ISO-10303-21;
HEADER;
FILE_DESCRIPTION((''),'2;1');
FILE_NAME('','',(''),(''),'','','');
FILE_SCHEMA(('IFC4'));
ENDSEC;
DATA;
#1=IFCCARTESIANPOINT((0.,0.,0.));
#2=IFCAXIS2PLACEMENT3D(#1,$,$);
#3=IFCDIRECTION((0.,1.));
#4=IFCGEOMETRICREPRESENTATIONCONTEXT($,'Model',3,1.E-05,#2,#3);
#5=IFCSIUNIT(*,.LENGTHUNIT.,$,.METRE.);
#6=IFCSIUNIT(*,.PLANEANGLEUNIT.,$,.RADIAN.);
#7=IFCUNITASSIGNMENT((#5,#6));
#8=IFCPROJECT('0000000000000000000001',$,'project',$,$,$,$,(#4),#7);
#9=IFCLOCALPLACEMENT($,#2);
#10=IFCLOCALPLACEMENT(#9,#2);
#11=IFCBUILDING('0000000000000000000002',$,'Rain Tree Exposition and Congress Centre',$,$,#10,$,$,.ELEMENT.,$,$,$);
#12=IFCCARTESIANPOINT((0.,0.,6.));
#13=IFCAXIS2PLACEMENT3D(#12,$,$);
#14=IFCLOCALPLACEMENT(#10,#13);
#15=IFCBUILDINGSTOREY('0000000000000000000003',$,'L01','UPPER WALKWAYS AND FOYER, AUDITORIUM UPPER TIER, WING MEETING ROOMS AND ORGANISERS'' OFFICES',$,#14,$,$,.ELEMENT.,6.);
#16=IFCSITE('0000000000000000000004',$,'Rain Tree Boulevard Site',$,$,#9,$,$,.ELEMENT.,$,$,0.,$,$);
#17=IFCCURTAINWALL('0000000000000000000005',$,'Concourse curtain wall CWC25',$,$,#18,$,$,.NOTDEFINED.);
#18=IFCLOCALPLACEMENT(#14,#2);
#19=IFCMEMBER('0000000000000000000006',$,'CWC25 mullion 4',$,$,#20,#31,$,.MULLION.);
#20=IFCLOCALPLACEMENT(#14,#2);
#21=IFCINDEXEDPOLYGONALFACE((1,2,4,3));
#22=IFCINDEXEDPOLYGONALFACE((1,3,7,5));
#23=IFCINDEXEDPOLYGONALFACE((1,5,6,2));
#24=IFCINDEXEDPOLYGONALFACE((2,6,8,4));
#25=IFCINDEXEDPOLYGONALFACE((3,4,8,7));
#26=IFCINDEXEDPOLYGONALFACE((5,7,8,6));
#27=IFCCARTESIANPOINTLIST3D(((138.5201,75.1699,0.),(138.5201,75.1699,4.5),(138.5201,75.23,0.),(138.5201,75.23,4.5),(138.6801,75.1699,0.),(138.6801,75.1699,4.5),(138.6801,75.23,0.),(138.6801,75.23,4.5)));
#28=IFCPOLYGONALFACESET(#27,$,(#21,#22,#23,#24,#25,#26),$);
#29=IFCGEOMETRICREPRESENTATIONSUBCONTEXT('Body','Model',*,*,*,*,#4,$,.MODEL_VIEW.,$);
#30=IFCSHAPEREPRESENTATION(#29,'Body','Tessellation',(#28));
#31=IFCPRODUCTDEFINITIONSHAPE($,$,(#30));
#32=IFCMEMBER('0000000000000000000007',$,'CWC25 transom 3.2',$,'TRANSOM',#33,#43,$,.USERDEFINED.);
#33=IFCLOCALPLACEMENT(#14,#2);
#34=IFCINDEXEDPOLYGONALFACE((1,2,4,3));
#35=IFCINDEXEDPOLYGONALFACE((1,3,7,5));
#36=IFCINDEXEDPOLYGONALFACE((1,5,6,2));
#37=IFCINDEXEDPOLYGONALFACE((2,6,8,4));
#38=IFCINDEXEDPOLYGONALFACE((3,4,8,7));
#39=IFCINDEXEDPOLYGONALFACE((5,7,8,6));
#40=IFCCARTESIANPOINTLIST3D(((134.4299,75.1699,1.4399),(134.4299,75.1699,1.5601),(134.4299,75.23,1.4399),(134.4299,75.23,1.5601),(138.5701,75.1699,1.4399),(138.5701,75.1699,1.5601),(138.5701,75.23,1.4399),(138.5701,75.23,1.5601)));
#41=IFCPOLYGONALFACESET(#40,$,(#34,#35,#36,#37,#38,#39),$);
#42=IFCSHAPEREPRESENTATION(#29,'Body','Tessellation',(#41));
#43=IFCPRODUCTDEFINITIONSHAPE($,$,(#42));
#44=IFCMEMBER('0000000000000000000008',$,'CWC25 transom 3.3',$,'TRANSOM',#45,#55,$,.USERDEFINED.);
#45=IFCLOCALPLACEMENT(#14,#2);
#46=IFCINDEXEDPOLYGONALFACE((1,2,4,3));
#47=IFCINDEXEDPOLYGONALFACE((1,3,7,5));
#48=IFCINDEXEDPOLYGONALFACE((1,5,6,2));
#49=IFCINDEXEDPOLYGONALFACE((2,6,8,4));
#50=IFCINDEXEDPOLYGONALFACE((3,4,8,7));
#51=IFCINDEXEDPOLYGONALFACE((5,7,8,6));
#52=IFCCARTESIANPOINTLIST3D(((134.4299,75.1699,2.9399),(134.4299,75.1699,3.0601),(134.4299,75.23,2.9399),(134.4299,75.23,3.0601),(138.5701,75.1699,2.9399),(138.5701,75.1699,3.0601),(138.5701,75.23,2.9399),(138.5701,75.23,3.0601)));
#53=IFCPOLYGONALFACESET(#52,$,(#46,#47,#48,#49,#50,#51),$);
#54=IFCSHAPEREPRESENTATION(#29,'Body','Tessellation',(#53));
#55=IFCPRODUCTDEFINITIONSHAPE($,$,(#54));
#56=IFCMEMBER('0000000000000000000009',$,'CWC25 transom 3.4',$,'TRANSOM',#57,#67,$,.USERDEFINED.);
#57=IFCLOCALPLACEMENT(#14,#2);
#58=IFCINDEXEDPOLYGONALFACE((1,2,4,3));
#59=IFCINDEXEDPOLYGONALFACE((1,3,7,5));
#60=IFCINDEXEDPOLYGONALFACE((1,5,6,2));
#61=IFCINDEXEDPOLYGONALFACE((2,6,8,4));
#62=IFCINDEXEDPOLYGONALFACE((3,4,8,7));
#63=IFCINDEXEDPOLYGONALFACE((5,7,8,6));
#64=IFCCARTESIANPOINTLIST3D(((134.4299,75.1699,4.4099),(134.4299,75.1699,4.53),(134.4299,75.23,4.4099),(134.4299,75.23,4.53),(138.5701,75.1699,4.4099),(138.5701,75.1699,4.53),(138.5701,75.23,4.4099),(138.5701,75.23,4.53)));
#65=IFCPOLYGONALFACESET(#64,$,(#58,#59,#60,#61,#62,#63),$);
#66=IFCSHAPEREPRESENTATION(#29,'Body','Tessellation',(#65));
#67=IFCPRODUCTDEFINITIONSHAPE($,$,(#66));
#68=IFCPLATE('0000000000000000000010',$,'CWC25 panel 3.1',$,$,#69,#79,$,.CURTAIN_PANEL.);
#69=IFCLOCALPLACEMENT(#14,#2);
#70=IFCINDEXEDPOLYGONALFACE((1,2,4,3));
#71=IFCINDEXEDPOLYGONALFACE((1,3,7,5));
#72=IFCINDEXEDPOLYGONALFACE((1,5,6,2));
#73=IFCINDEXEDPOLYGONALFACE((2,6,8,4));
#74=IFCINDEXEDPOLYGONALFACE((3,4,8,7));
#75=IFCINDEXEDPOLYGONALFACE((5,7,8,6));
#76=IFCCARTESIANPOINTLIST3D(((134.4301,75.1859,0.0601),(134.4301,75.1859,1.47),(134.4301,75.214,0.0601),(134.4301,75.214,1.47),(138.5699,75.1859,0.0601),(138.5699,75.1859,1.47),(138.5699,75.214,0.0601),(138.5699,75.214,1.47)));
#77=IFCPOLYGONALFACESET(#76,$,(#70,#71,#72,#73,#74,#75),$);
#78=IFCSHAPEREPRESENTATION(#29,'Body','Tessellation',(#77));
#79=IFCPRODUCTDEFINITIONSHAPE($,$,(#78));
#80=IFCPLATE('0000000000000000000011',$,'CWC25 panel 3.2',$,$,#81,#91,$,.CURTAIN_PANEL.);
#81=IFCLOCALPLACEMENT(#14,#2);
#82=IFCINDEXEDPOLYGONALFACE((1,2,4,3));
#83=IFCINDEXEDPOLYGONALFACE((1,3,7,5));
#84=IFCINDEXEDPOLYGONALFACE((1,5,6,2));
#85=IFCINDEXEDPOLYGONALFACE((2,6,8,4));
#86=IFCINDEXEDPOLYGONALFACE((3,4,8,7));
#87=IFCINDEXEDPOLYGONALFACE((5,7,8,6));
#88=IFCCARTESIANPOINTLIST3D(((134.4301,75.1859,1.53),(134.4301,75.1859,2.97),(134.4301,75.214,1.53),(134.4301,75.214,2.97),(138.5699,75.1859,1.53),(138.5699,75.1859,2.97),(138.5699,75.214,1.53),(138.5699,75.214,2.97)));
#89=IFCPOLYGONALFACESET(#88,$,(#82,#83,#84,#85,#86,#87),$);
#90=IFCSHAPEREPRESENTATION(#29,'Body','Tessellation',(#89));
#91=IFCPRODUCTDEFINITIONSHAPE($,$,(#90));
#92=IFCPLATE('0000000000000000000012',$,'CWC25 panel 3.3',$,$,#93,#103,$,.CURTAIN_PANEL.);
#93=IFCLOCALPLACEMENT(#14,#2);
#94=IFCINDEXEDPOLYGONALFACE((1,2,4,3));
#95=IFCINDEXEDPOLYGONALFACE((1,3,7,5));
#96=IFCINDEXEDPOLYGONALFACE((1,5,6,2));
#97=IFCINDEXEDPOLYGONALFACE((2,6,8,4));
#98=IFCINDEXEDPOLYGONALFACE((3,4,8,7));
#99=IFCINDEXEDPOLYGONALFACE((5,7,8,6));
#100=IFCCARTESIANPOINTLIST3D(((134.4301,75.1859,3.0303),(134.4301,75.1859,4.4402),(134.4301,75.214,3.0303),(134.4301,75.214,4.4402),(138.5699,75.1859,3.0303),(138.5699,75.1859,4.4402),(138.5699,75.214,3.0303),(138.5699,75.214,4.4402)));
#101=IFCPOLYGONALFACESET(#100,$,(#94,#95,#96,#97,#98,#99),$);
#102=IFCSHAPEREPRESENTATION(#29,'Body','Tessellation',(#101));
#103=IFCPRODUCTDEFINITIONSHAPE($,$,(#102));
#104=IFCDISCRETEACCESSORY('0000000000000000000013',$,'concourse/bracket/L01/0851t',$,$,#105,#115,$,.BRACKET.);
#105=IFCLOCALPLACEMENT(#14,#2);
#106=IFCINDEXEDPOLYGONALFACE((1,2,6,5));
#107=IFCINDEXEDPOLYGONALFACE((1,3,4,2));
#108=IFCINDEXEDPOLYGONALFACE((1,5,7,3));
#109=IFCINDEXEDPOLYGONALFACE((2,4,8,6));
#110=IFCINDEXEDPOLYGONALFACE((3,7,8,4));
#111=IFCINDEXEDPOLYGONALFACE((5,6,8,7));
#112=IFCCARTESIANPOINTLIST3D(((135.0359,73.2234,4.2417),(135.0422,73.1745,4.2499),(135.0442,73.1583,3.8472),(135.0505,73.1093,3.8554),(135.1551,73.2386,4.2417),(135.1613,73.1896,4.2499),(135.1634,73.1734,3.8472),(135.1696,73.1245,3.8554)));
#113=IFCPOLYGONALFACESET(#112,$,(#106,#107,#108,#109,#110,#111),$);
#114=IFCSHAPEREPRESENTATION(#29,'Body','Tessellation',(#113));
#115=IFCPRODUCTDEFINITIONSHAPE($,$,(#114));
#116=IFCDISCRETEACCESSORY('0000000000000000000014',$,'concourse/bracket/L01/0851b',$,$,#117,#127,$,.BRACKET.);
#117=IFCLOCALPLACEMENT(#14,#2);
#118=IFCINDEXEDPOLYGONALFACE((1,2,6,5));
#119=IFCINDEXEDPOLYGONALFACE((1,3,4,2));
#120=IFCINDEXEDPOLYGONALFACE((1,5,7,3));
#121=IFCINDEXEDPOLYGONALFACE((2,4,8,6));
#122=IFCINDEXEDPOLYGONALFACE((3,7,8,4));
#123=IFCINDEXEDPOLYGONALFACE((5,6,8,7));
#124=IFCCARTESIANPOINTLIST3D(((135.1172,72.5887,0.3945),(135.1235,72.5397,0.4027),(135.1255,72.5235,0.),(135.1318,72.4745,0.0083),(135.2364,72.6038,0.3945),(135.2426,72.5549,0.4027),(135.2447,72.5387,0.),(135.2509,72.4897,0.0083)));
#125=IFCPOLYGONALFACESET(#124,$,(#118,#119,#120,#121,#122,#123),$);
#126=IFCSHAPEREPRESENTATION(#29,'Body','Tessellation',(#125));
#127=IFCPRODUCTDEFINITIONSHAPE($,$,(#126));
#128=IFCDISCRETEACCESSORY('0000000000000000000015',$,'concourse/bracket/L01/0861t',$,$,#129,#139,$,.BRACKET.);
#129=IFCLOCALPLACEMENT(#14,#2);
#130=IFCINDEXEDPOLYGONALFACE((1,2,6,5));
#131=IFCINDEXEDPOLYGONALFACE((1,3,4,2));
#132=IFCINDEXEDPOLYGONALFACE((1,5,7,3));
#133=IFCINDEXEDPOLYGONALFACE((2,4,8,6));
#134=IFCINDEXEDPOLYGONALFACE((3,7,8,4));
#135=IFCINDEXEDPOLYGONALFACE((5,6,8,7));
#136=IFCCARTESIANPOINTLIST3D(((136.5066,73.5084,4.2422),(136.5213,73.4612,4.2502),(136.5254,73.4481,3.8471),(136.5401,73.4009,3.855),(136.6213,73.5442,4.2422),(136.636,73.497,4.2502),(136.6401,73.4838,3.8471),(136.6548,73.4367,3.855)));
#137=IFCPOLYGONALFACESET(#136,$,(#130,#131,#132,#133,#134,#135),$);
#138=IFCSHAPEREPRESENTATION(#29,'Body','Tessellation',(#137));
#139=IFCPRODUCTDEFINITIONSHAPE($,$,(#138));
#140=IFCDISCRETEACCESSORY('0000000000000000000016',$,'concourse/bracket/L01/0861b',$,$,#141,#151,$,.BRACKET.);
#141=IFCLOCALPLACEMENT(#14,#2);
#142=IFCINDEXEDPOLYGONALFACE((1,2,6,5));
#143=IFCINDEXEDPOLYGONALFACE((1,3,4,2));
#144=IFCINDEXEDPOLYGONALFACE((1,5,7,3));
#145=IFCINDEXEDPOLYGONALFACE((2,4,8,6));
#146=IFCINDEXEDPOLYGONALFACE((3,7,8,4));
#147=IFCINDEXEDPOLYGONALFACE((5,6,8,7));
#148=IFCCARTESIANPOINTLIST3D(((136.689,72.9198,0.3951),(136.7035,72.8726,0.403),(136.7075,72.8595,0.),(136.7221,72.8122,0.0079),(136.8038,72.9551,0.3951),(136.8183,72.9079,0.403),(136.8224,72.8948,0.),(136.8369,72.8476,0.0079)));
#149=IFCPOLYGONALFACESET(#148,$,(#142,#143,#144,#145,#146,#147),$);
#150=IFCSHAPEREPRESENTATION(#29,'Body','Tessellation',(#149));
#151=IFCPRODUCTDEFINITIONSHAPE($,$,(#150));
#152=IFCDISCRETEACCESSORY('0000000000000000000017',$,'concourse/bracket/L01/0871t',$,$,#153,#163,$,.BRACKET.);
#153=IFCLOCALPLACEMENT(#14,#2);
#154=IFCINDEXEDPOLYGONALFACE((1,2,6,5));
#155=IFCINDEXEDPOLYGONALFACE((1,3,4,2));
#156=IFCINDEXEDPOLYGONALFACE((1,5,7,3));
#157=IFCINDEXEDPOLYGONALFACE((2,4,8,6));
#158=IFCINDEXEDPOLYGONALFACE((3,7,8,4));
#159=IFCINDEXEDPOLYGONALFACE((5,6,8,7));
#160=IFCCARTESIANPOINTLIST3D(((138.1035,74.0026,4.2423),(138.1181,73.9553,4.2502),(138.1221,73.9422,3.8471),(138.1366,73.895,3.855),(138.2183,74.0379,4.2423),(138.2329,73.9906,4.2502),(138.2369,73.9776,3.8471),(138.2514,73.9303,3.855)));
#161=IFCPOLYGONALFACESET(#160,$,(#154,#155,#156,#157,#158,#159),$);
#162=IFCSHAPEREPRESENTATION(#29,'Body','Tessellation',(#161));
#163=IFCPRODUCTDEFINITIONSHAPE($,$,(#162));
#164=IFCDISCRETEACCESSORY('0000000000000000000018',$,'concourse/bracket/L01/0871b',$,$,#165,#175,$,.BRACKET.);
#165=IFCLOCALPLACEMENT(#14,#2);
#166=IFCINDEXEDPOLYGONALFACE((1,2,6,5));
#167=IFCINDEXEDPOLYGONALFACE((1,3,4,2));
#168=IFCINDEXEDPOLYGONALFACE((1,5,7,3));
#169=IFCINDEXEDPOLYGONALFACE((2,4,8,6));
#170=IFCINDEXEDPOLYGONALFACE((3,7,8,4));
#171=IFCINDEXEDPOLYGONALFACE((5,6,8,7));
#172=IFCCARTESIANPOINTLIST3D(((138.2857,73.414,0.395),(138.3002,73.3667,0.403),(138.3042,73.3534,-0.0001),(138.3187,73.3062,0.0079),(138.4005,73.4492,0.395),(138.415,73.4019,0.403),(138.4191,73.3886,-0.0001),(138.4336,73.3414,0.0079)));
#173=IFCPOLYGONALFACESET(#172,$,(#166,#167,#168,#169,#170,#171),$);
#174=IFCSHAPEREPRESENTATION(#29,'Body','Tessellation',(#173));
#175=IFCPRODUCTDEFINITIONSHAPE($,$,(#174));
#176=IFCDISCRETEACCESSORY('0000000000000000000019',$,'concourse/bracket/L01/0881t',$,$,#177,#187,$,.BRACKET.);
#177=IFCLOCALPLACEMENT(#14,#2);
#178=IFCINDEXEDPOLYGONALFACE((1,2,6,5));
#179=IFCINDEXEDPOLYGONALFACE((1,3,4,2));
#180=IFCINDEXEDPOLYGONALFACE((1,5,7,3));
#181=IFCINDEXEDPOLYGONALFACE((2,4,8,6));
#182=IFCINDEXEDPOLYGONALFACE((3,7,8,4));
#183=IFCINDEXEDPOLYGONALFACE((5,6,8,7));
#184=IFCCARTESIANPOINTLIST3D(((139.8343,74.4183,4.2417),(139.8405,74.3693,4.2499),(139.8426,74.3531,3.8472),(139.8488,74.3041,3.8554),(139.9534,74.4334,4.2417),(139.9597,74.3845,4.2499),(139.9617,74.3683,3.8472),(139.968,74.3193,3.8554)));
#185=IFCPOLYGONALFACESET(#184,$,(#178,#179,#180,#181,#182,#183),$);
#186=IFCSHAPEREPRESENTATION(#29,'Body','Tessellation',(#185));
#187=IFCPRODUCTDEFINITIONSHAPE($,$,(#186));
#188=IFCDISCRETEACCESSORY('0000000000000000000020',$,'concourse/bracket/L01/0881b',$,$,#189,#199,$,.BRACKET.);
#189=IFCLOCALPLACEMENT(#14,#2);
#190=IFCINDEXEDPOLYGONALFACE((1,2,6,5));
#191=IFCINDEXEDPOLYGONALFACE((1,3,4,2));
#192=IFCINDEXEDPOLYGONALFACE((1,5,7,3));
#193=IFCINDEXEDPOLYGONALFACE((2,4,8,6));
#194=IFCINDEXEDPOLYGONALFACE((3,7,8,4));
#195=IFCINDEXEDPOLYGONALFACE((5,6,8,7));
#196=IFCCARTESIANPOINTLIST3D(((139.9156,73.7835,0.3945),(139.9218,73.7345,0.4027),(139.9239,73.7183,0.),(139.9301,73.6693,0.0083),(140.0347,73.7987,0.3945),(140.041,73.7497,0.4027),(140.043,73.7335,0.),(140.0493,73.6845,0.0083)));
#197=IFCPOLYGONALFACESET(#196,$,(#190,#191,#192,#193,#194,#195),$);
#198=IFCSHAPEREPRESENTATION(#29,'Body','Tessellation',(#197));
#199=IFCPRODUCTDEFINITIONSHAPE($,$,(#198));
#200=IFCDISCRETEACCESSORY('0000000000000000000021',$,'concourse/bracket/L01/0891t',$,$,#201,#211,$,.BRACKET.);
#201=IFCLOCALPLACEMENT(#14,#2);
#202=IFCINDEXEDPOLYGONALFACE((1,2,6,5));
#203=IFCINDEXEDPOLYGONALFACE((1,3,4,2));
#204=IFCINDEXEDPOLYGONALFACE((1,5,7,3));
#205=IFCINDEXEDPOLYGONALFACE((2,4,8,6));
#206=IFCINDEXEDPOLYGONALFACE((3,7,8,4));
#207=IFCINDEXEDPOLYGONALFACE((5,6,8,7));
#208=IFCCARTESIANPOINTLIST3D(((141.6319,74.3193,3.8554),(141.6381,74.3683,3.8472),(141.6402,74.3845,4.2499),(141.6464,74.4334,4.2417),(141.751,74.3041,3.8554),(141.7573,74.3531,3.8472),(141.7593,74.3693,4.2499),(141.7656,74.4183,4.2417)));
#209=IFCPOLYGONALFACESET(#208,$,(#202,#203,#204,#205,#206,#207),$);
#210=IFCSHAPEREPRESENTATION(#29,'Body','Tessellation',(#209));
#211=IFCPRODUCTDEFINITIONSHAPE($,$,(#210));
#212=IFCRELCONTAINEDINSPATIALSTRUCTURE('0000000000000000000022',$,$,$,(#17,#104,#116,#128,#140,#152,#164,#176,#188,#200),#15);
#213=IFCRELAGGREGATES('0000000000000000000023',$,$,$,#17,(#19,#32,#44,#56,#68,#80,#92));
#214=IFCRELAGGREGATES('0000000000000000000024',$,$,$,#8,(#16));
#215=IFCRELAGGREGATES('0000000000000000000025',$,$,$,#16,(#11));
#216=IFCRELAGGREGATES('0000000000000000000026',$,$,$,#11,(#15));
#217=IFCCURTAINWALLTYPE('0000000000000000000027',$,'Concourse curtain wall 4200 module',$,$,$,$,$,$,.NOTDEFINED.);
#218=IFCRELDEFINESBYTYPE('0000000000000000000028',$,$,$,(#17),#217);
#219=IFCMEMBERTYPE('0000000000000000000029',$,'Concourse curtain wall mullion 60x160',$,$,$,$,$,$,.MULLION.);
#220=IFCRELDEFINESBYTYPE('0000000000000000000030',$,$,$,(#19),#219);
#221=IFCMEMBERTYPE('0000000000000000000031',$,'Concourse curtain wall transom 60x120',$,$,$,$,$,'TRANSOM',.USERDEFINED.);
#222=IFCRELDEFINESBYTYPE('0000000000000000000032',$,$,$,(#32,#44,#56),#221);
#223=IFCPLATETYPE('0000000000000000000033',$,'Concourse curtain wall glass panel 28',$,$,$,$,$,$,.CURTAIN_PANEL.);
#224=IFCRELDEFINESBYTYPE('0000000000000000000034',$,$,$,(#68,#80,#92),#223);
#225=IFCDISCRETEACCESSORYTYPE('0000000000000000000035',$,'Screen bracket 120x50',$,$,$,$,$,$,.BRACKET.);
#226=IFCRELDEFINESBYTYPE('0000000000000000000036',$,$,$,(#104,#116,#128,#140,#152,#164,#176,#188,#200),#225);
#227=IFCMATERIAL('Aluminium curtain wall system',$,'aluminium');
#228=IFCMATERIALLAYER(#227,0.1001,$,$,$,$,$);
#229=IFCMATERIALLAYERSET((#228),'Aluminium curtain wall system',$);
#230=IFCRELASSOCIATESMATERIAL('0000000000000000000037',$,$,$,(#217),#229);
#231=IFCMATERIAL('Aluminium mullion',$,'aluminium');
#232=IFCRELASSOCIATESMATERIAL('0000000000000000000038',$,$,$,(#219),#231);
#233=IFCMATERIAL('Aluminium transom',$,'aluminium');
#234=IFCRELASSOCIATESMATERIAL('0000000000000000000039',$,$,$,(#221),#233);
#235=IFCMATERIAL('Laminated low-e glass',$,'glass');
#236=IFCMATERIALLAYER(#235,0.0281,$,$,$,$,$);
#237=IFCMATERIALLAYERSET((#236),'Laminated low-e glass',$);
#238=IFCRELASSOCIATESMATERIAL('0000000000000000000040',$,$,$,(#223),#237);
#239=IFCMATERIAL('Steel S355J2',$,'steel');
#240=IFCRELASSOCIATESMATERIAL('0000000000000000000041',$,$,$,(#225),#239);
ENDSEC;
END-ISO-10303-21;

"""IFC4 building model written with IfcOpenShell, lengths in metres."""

from ifc_helpers import new_model, si_unit, direction, frame, origin, origin_2d, place, context, subcontext, project, spatial, rectangle, extrude, material, layer, layer_set, material_profile, profile_set, type_object, element, aggregate, save


model = new_model("IFC4")

# Units and contexts
model_context = context("Model", 3, precision=1e-05, world=origin(), true_north=direction((0.0, 1.0)))
body_context = subcontext(model_context, "Body", "Model", "MODEL_VIEW")
ifc_project = project(units=[si_unit("LENGTHUNIT", "METRE"), si_unit("PLANEANGLEUNIT", "RADIAN")], contexts=[model_context])

# Site, building, storey
site_placement = place(None, origin())
site = spatial("IfcSite", under=ifc_project, at=site_placement, Name="Rain Tree Boulevard Site", CompositionType="ELEMENT", RefElevation=0.0)
building_placement = place(site_placement, origin())
building = spatial("IfcBuilding", under=site, at=building_placement, Name="Rain Tree Exposition and Congress Centre", CompositionType="ELEMENT")
storey_placement = place(building_placement, frame((0.0, 0.0, 6.0)))
storey = spatial("IfcBuildingStorey", under=building, at=storey_placement, Name="L01", Description="UPPER WALKWAYS AND FOYER, AUDITORIUM UPPER TIER, WING MEETING ROOMS AND ORGANISERS' OFFICES", CompositionType="ELEMENT", Elevation=6.0)

# Curtain wall, members, plates
ifc_material_1 = material(Name="Aluminium curtain wall system", Category="aluminium")
ifc_layer_1 = layer(ifc_material_1, 0.1001)
ifc_layer_set_1 = layer_set([ifc_layer_1], Name="Aluminium curtain wall system")
curtain_wall_type = type_object("IfcCurtainWallType", Name="Concourse curtain wall 4200 module", PredefinedType="NOTDEFINED", material=ifc_layer_set_1)
curtain_wall_placement = place(storey_placement, origin())
curtain_wall = element("IfcCurtainWall", 1, at=curtain_wall_placement, inside=storey, type_object=curtain_wall_type, Name="Concourse curtain wall CWC25", PredefinedType="NOTDEFINED")
ifc_material_2 = material(Name="Aluminium mullion", Category="aluminium")
ifc_material_profile_1 = material_profile(ifc_material_2, rectangle(XDim=0.0601, YDim=0.1599, at=origin_2d()), Name="AL 60x160")
ifc_profile_set_1 = profile_set([ifc_material_profile_1], Name="Aluminium mullion")
member_type_1 = type_object("IfcMemberType", Name="Concourse curtain wall mullion 60x160", PredefinedType="MULLION", material=ifc_profile_set_1)
member_1_placement = place(storey_placement, frame((138.6001, 75.2, 0.0), z_axis=(0.0, 0.0, 1.0), x_axis=(0.0, 1.0, 0.0)))
member_1 = element("IfcMember", 2, at=member_1_placement, type_object=member_type_1, Name="CWC25 mullion 4", PredefinedType="MULLION", context=body_context, shape_type="SweptSolid", body=[
    extrude(rectangle(XDim=0.0601, YDim=0.1599, at=origin_2d()), origin(), (0.0, 0.0, 1.0), 4.5),
])
ifc_material_3 = material(Name="Aluminium transom", Category="aluminium")
ifc_material_profile_2 = material_profile(ifc_material_3, rectangle(XDim=0.0601, YDim=0.1201, at=origin_2d()), Name="AL 60x120")
ifc_profile_set_2 = profile_set([ifc_material_profile_2], Name="Aluminium transom")
member_type_2 = type_object("IfcMemberType", Name="Concourse curtain wall transom 60x120", ElementType="TRANSOM", PredefinedType="USERDEFINED", material=ifc_profile_set_2)
member_2_placement = place(storey_placement, frame((134.4299, 75.2, 1.5), z_axis=(1.0, 0.0, 0.0), x_axis=(0.0, 1.0, 0.0)))
member_2 = element("IfcMember", 3, at=member_2_placement, type_object=member_type_2, Name="CWC25 transom 3.2", ObjectType="TRANSOM", PredefinedType="USERDEFINED", context=body_context, shape_type="SweptSolid", body=[
    extrude(rectangle(XDim=0.0601, YDim=0.1201, at=origin_2d()), origin(), (0.0, 0.0, 1.0), 4.1401),
])
member_3_placement = place(storey_placement, frame((134.4299, 75.2, 3.0), z_axis=(1.0, 0.0, 0.0), x_axis=(0.0, 1.0, 0.0)))
member_3 = element("IfcMember", 4, at=member_3_placement, type_object=member_type_2, Name="CWC25 transom 3.3", ObjectType="TRANSOM", PredefinedType="USERDEFINED", context=body_context, shape_type="SweptSolid", body=[
    extrude(rectangle(XDim=0.0601, YDim=0.1201, at=origin_2d()), origin(), (0.0, 0.0, 1.0), 4.1401),
])
member_4_placement = place(storey_placement, frame((134.4299, 75.2, 4.47), z_axis=(1.0, 0.0, 0.0), x_axis=(0.0, 1.0, 0.0)))
member_4 = element("IfcMember", 5, at=member_4_placement, type_object=member_type_2, Name="CWC25 transom 3.4", ObjectType="TRANSOM", PredefinedType="USERDEFINED", context=body_context, shape_type="SweptSolid", body=[
    extrude(rectangle(XDim=0.0601, YDim=0.1201, at=origin_2d()), origin(), (0.0, 0.0, 1.0), 4.1401),
])
ifc_material_4 = material(Name="Laminated low-e glass", Category="glass")
ifc_layer_2 = layer(ifc_material_4, 0.0281)
ifc_layer_set_2 = layer_set([ifc_layer_2], Name="Laminated low-e glass")
plate_type = type_object("IfcPlateType", Name="Concourse curtain wall glass panel 28", PredefinedType="CURTAIN_PANEL", material=ifc_layer_set_2)
plate_1_placement = place(storey_placement, frame((136.5, 75.2, 0.0601), z_axis=(0.0, 0.0, 1.0), x_axis=(1.0, 0.0, 0.0)))
plate_1 = element("IfcPlate", 6, at=plate_1_placement, type_object=plate_type, Name="CWC25 panel 3.1", PredefinedType="CURTAIN_PANEL", context=body_context, shape_type="SweptSolid", body=[
    extrude(rectangle(XDim=4.1399, YDim=0.0281, at=origin_2d()), origin(), (0.0, 0.0, 1.0), 1.4099),
])
plate_2_placement = place(storey_placement, frame((136.5, 75.2, 1.53), z_axis=(0.0, 0.0, 1.0), x_axis=(1.0, 0.0, 0.0)))
plate_2 = element("IfcPlate", 7, at=plate_2_placement, type_object=plate_type, Name="CWC25 panel 3.2", PredefinedType="CURTAIN_PANEL", context=body_context, shape_type="SweptSolid", body=[
    extrude(rectangle(XDim=4.1399, YDim=0.0281, at=origin_2d()), origin(), (0.0, 0.0, 1.0), 1.4399),
])
plate_3_placement = place(storey_placement, frame((136.5, 75.2, 3.0303), z_axis=(0.0, 0.0, 1.0), x_axis=(1.0, 0.0, 0.0)))
plate_3 = element("IfcPlate", 8, at=plate_3_placement, type_object=plate_type, Name="CWC25 panel 3.3", PredefinedType="CURTAIN_PANEL", context=body_context, shape_type="SweptSolid", body=[
    extrude(rectangle(XDim=4.1399, YDim=0.0281, at=origin_2d()), origin(), (0.0, 0.0, 1.0), 1.4099),
])
aggregate(curtain_wall, [member_1, member_2, member_3, member_4, plate_1, plate_2, plate_3])

# Discrete accessories
ifc_material_5 = material(Name="Steel S355J2", Category="steel")
ifc_material_profile_3 = material_profile(ifc_material_5, rectangle(XDim=0.1201, YDim=0.05, at=origin_2d()), Name="Flat bar 120x50")
ifc_profile_set_3 = profile_set([ifc_material_profile_3], Name="Steel S355J2")
discrete_accessory_type = type_object("IfcDiscreteAccessoryType", Name="Screen bracket 120x50", PredefinedType="BRACKET", material=ifc_profile_set_3)
for number, where, z_axis, x_axis, name in (
    (9, (135.1069, 73.1414, 3.8513), (-0.020754, 0.162978, 0.986411), (-0.991989, -0.126321, 0.0), "concourse/bracket/L01/0851t"),
    (10, (135.1882, 72.5066, 0.0042), (-0.020754, 0.162978, 0.986411), (-0.991989, -0.126321, 0.0), "concourse/bracket/L01/0851b"),
):
    element("IfcDiscreteAccessory", number, at=place(storey_placement, frame(where, z_axis=z_axis, x_axis=x_axis)), inside=storey, type_object=discrete_accessory_type, Name=name, PredefinedType="BRACKET", context=body_context, shape_type="SweptSolid", body=[
        extrude(rectangle(XDim=0.1201, YDim=0.05, at=origin_2d()), origin(), (0.0, 0.0, 1.0), 0.3999),
    ])
for number, where, z_axis, x_axis, name in (
    (11, (136.5901, 73.4424, 3.8511), (-0.046993, 0.150743, 0.987456), (-0.954686, -0.297615, 0.0), "concourse/bracket/L01/0861t"),
    (12, (136.7722, 72.8535, 0.0039), (-0.046384, 0.150747, 0.987484), (-0.955779, -0.294086, 0.0), "concourse/bracket/L01/0861b"),
    (13, (138.1868, 73.9363, 3.8511), (-0.046384, 0.150747, 0.987484), (-0.955779, -0.294086, 0.0), "concourse/bracket/L01/0871t"),
    (14, (138.3689, 73.3474, 0.0039), (-0.046379, 0.151343, 0.987393), (-0.956112, -0.293002, 0.0), "concourse/bracket/L01/0871b"),
):
    element("IfcDiscreteAccessory", number, at=place(storey_placement, frame(where, z_axis=z_axis, x_axis=x_axis)), inside=storey, type_object=discrete_accessory_type, Name=name, PredefinedType="BRACKET", context=body_context, shape_type="SweptSolid", body=[
        extrude(rectangle(XDim=0.1201, YDim=0.05, at=origin_2d()), origin(), (0.0, 0.0, 1.0), 0.4001),
    ])
for number, where, z_axis, x_axis, name in (
    (15, (139.9053, 74.3362, 3.8513), (-0.020754, 0.162978, 0.986411), (-0.991989, -0.126321, 0.0), "concourse/bracket/L01/0881t"),
    (16, (139.9866, 73.7014, 0.0042), (-0.020754, 0.162978, 0.986411), (-0.991989, -0.126321, 0.0), "concourse/bracket/L01/0881b"),
    (17, (141.6946, 74.3362, 3.8513), (0.020754, 0.162978, 0.986411), (-0.991989, 0.126321, 0.0), "concourse/bracket/L01/0891t"),
):
    element("IfcDiscreteAccessory", number, at=place(storey_placement, frame(where, z_axis=z_axis, x_axis=x_axis)), inside=storey, type_object=discrete_accessory_type, Name=name, PredefinedType="BRACKET", context=body_context, shape_type="SweptSolid", body=[
        extrude(rectangle(XDim=0.1201, YDim=0.05, at=origin_2d()), origin(), (0.0, 0.0, 1.0), 0.3999),
    ])

save(model, "model.ifc")
